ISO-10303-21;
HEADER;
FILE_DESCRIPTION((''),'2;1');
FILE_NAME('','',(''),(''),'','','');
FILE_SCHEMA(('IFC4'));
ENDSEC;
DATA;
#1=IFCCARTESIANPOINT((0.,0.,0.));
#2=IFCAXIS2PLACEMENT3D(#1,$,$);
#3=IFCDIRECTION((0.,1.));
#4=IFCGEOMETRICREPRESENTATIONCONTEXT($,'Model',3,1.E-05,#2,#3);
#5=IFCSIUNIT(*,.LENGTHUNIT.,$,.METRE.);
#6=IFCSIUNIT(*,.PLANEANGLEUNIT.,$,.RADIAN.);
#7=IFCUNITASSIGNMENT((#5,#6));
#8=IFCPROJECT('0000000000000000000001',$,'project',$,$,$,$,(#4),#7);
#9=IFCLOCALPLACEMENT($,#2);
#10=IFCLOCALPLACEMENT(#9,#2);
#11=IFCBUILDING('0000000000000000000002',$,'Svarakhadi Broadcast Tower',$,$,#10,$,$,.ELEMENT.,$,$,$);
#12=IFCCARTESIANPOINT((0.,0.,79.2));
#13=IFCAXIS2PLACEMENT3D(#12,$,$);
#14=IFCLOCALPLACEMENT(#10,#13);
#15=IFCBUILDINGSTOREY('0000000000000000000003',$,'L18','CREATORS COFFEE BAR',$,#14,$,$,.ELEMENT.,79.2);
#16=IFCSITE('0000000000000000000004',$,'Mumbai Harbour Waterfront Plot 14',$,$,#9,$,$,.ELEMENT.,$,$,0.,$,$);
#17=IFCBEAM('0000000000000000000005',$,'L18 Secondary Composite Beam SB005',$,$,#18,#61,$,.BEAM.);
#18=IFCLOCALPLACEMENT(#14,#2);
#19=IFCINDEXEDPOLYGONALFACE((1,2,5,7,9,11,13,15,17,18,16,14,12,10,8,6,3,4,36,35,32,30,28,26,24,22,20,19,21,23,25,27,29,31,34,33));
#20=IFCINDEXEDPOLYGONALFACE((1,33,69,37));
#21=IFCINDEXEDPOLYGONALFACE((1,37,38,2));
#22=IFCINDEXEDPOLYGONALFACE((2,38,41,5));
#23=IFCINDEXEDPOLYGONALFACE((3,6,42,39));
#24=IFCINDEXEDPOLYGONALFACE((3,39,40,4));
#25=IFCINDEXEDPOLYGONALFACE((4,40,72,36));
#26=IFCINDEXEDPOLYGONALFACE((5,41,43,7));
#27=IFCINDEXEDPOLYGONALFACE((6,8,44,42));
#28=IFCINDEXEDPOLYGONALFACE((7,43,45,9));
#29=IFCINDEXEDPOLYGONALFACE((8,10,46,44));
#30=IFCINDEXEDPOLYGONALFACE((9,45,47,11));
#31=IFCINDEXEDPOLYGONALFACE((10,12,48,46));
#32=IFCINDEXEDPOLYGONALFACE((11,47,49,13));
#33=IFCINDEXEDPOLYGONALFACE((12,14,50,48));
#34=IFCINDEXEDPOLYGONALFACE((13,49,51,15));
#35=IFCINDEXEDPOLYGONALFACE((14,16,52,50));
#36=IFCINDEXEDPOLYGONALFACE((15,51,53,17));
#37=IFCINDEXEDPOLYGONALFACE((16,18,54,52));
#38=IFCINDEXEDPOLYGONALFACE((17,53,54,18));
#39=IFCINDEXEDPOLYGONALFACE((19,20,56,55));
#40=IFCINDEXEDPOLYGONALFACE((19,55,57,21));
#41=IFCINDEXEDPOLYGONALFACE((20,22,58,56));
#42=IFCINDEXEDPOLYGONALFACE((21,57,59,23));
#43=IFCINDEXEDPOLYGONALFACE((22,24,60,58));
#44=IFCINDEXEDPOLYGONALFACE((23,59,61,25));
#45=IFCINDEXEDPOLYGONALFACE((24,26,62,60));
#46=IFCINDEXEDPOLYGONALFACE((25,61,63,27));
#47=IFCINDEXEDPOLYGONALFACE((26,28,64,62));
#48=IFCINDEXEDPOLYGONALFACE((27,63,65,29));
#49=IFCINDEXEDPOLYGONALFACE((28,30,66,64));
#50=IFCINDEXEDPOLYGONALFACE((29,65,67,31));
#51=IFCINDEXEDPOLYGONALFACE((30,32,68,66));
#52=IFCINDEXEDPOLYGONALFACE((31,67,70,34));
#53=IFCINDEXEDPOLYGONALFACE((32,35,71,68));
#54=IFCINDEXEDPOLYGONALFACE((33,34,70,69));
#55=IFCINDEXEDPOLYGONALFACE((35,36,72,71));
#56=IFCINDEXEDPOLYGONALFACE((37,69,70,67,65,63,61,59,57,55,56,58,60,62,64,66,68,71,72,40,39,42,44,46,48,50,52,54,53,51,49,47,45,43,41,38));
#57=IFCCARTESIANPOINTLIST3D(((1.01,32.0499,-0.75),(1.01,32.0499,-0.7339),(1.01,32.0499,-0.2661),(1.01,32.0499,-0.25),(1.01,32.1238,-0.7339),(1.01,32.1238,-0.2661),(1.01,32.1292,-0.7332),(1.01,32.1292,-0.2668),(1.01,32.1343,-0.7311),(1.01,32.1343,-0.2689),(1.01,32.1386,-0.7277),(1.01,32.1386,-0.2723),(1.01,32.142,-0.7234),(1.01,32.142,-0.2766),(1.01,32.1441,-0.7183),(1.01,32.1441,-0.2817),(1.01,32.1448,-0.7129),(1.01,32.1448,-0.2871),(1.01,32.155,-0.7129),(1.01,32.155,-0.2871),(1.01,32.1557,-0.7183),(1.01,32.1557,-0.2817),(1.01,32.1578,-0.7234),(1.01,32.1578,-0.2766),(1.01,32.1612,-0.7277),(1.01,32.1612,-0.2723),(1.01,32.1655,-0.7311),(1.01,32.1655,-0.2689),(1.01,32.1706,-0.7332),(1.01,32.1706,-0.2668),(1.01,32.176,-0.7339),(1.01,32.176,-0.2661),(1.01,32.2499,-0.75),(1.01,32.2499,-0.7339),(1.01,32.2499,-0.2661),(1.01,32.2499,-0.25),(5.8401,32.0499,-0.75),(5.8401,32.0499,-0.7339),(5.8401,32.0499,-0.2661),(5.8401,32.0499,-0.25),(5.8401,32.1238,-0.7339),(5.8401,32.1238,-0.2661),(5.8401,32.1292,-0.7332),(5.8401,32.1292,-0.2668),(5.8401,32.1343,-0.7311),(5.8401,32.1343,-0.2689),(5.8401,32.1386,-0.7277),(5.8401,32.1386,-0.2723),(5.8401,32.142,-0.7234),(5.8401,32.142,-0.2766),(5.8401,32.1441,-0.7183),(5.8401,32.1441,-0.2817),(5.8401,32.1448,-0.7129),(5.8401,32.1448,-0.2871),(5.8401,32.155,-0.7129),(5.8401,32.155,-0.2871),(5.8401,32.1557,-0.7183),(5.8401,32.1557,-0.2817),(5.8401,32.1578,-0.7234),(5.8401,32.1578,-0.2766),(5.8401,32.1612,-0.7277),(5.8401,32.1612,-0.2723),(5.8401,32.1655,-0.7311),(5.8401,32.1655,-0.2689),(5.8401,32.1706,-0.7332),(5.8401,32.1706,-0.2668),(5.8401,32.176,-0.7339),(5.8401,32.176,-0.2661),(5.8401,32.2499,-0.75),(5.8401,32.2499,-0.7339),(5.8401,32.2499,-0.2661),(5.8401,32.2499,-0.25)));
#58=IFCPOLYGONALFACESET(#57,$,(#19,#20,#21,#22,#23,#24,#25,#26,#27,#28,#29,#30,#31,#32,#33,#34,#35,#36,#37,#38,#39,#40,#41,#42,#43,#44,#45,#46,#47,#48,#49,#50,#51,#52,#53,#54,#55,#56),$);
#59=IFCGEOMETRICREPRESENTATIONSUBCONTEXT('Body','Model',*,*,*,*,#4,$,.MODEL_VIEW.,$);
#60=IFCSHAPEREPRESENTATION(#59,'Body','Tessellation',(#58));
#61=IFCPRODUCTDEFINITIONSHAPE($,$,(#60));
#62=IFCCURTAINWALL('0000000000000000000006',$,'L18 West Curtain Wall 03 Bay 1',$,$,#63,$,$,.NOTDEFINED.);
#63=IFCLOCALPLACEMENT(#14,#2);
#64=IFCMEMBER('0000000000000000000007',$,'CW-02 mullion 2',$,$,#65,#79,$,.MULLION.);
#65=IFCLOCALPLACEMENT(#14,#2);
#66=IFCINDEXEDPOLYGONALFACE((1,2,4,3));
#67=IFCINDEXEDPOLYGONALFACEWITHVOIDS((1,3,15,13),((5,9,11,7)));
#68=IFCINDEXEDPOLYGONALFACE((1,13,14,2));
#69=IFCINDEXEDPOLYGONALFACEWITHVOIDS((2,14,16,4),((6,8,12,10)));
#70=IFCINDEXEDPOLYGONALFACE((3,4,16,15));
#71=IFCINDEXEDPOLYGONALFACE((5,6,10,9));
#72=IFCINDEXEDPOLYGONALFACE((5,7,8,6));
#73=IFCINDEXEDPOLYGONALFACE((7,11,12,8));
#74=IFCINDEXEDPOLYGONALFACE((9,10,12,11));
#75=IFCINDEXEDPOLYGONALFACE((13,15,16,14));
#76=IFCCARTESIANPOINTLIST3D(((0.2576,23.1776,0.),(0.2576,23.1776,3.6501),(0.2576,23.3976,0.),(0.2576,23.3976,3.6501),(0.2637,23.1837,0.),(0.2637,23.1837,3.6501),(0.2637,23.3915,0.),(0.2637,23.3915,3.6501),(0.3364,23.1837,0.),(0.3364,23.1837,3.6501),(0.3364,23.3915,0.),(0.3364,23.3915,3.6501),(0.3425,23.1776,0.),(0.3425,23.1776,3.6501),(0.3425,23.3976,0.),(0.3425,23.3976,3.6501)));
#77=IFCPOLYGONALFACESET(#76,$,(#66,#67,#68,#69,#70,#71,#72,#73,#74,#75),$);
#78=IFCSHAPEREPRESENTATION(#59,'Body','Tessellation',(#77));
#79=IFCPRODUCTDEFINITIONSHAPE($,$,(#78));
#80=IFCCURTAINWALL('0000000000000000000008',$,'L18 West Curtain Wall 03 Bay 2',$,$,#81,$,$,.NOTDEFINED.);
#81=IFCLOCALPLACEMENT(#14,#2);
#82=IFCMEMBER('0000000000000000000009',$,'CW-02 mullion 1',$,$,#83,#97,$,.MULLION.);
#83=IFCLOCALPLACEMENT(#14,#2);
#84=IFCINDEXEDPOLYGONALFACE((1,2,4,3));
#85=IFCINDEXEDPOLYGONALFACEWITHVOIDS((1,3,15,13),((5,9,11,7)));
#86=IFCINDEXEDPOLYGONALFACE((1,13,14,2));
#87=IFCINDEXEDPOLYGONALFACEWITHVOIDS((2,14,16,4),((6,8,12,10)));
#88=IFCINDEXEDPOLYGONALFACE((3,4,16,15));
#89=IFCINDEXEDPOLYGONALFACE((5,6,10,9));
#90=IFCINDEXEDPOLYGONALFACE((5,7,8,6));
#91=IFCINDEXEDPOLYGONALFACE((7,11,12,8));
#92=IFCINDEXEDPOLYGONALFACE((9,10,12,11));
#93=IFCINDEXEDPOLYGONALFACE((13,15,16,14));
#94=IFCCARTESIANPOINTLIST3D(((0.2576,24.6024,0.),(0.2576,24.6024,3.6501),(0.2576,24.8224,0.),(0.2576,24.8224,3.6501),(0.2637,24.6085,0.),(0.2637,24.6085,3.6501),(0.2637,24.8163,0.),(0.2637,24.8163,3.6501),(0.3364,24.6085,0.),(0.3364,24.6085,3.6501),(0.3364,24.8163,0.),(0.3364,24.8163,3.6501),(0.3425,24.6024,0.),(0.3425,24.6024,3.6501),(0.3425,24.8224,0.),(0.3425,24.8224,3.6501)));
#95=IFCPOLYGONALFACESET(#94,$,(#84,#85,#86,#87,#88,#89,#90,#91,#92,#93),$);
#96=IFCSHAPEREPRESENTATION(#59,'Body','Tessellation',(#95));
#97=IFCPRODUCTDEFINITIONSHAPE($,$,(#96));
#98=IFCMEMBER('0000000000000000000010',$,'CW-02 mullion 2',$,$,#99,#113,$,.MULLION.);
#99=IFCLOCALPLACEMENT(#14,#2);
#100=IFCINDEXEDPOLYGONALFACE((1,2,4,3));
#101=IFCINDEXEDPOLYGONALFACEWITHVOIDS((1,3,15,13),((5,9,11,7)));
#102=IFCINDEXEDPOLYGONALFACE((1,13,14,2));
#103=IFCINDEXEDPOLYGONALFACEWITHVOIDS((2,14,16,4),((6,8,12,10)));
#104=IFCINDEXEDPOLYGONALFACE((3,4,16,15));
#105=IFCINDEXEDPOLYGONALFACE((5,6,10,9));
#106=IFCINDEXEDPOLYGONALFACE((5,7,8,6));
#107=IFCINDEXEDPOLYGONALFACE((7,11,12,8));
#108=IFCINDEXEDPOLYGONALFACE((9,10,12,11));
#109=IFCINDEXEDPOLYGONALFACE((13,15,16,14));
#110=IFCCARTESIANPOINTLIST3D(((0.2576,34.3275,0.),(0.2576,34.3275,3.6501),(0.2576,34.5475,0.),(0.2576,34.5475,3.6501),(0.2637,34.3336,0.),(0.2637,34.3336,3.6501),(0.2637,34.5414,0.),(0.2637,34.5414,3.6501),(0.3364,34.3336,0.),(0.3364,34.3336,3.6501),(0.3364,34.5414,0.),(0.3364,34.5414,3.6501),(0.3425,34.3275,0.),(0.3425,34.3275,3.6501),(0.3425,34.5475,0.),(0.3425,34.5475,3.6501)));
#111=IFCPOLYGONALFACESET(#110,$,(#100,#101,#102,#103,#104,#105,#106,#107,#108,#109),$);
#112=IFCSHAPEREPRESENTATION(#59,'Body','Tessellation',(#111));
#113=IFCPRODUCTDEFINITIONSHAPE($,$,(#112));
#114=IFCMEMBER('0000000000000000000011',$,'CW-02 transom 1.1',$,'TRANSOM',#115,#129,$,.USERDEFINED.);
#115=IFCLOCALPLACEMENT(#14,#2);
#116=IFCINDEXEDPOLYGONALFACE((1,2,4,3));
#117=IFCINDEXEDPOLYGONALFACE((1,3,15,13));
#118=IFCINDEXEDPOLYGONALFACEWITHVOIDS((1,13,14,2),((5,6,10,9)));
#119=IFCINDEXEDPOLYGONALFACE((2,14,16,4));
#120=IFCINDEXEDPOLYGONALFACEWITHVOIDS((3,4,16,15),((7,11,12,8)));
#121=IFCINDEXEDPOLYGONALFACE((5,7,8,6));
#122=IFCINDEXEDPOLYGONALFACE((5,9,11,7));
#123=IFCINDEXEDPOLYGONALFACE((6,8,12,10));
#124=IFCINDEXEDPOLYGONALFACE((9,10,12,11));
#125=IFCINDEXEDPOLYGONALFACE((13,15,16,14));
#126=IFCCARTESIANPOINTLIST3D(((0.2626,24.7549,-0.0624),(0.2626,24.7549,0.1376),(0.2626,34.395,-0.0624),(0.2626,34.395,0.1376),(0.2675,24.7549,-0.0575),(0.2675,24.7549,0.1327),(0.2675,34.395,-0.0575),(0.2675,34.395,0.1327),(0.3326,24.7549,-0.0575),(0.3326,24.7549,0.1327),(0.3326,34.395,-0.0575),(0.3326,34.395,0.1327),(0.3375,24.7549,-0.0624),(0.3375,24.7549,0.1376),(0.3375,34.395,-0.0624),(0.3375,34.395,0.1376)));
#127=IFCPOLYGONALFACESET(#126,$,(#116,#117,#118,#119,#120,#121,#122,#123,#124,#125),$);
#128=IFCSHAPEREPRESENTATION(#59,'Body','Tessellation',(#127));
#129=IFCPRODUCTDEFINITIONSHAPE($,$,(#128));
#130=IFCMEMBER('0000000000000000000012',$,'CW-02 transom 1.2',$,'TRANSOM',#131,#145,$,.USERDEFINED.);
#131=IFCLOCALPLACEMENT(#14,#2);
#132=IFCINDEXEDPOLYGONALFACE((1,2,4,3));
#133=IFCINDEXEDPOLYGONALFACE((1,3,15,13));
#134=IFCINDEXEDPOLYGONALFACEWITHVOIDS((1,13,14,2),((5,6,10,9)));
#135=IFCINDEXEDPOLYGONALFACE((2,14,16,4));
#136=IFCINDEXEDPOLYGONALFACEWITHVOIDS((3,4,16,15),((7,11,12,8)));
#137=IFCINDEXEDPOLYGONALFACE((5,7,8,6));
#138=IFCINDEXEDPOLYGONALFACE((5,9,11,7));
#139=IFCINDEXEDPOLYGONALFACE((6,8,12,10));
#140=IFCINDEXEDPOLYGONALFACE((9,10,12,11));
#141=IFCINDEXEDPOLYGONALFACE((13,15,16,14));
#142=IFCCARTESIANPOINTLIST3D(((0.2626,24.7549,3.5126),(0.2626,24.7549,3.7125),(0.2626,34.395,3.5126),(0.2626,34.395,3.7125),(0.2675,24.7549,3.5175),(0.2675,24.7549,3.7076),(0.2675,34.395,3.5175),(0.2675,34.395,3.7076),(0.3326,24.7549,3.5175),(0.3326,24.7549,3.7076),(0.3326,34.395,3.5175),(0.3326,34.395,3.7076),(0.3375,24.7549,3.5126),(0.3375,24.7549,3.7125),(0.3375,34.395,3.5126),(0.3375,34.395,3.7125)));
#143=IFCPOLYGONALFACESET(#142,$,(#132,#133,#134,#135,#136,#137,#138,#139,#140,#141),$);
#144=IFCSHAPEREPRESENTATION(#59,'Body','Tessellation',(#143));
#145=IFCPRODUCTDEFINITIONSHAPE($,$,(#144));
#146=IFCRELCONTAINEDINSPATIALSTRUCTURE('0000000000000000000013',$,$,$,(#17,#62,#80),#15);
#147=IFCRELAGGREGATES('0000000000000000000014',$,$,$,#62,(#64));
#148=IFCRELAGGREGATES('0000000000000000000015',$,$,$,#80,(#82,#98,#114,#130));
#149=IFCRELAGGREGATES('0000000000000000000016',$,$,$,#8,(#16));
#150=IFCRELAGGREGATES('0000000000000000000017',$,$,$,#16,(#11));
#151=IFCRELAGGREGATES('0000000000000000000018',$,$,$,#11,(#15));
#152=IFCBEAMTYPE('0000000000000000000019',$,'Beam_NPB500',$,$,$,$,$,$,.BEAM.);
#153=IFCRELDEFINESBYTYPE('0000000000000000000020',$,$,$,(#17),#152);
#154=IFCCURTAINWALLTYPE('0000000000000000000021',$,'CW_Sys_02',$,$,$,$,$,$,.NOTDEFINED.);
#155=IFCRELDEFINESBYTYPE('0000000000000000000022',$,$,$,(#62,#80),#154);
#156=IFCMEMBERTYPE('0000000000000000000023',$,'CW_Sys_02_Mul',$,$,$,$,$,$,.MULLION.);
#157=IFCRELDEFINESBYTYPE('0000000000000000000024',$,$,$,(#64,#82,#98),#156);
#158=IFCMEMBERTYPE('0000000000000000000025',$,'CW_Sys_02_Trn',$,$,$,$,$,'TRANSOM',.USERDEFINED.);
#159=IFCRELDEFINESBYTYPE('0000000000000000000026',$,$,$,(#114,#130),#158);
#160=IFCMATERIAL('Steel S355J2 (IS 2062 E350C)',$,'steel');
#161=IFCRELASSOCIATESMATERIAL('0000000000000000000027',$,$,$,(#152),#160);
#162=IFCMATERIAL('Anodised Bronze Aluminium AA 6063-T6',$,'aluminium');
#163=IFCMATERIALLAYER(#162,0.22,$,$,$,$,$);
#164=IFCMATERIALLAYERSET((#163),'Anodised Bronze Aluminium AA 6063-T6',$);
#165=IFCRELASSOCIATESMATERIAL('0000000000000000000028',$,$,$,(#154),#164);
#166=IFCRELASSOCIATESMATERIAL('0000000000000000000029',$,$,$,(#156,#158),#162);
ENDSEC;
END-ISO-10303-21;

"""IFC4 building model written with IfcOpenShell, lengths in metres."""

from ifc_helpers import new_model, si_unit, direction, frame, origin, origin_2d, place, context, subcontext, project, spatial, hollow_rectangle, i_section, extrude, material, layer, layer_set, material_profile, profile_set, type_object, element, aggregate, save


model = new_model("IFC4")

# Units and contexts
model_context = context("Model", 3, precision=1e-05, world=origin(), true_north=direction((0.0, 1.0)))
body_context = subcontext(model_context, "Body", "Model", "MODEL_VIEW")
ifc_project = project(units=[si_unit("LENGTHUNIT", "METRE"), si_unit("PLANEANGLEUNIT", "RADIAN")], contexts=[model_context])

# Site, building, storey
site_placement = place(None, origin())
site = spatial("IfcSite", under=ifc_project, at=site_placement, Name="Mumbai Harbour Waterfront Plot 14", CompositionType="ELEMENT", RefElevation=0.0)
building_placement = place(site_placement, origin())
building = spatial("IfcBuilding", under=site, at=building_placement, Name="Svarakhadi Broadcast Tower", CompositionType="ELEMENT")
storey_placement = place(building_placement, frame((0.0, 0.0, 79.2)))
storey = spatial("IfcBuildingStorey", under=building, at=storey_placement, Name="L18", Description="CREATORS COFFEE BAR", CompositionType="ELEMENT", Elevation=79.2)

# Beam
ifc_material_1 = material(Name="Steel S355J2 (IS 2062 E350C)", Category="steel")
ifc_material_profile_1 = material_profile(ifc_material_1, i_section(OverallWidth=0.2, OverallDepth=0.5, WebThickness=0.0103, FlangeThickness=0.0161, FilletRadius=0.021, at=origin_2d()), Name="NPB 500x200x91")
ifc_profile_set_1 = profile_set([ifc_material_profile_1], Name="Steel S355J2 (IS 2062 E350C)")
beam_type_1 = type_object("IfcBeamType", Name="Beam_NPB500", PredefinedType="BEAM", material=ifc_profile_set_1)
for number, where, z_axis, x_axis, name in (
    (1, (1.01, 32.1499, -0.5), (1.0, 0.0, 0.0), (0.0, 1.0, 0.0), "L18 Secondary Composite Beam SB005"),
):
    element("IfcBeam", number, at=place(storey_placement, frame(where, z_axis=z_axis, x_axis=x_axis)), inside=storey, type_object=beam_type_1, Name=name, PredefinedType="BEAM", context=body_context, shape_type="SweptSolid", body=[
        extrude(i_section(OverallWidth=0.2, OverallDepth=0.5, WebThickness=0.0103, FlangeThickness=0.0161, FilletRadius=0.021, at=origin_2d()), origin(), (0.0, 0.0, 1.0), 4.8301),
    ])

# Curtain wall, member
ifc_material_2 = material(Name="Anodised Bronze Aluminium AA 6063-T6", Category="aluminium")
ifc_layer_1 = layer(ifc_material_2, 0.22)
ifc_layer_set_1 = layer_set([ifc_layer_1], Name="Anodised Bronze Aluminium AA 6063-T6")
curtain_wall_type = type_object("IfcCurtainWallType", Name="CW_Sys_02", PredefinedType="NOTDEFINED", material=ifc_layer_set_1)
curtain_wall_1_placement = place(storey_placement, origin())
curtain_wall_1 = element("IfcCurtainWall", 2, at=curtain_wall_1_placement, inside=storey, type_object=curtain_wall_type, Name="L18 West Curtain Wall 03 Bay 1", PredefinedType="NOTDEFINED")
ifc_material_profile_2 = material_profile(ifc_material_2, hollow_rectangle(XDim=0.085, YDim=0.22, WallThickness=0.0061, at=origin_2d()), Name="ALU MULLION 220x85x6")
ifc_profile_set_2 = profile_set([ifc_material_profile_2], Name="Anodised Bronze Aluminium AA 6063-T6")
member_type_1 = type_object("IfcMemberType", Name="CW_Sys_02_Mul", PredefinedType="MULLION", material=ifc_profile_set_2)
member_1_placement = place(storey_placement, frame((0.3, 23.2876, 0.0), z_axis=(0.0, 0.0, 1.0), x_axis=(-1.0, 0.0, 0.0)))
member_1 = element("IfcMember", 3, at=member_1_placement, type_object=member_type_1, Name="CW-02 mullion 2", PredefinedType="MULLION", context=body_context, shape_type="SweptSolid", body=[
    extrude(hollow_rectangle(XDim=0.085, YDim=0.22, WallThickness=0.0061, at=origin_2d()), origin(), (0.0, 0.0, 1.0), 3.6501),
])
aggregate(curtain_wall_1, [member_1])

# Curtain wall, members
curtain_wall_2_placement = place(storey_placement, origin())
curtain_wall_2 = element("IfcCurtainWall", 4, at=curtain_wall_2_placement, inside=storey, type_object=curtain_wall_type, Name="L18 West Curtain Wall 03 Bay 2", PredefinedType="NOTDEFINED")
member_2_placement = place(storey_placement, frame((0.3, 24.7124, 0.0), z_axis=(0.0, 0.0, 1.0), x_axis=(-1.0, 0.0, 0.0)))
member_2 = element("IfcMember", 5, at=member_2_placement, type_object=member_type_1, Name="CW-02 mullion 1", PredefinedType="MULLION", context=body_context, shape_type="SweptSolid", body=[
    extrude(hollow_rectangle(XDim=0.085, YDim=0.22, WallThickness=0.0061, at=origin_2d()), origin(), (0.0, 0.0, 1.0), 3.6501),
])
member_3_placement = place(storey_placement, frame((0.3, 34.4375, 0.0), z_axis=(0.0, 0.0, 1.0), x_axis=(-1.0, 0.0, 0.0)))
member_3 = element("IfcMember", 6, at=member_3_placement, type_object=member_type_1, Name="CW-02 mullion 2", PredefinedType="MULLION", context=body_context, shape_type="SweptSolid", body=[
    extrude(hollow_rectangle(XDim=0.085, YDim=0.22, WallThickness=0.0061, at=origin_2d()), origin(), (0.0, 0.0, 1.0), 3.6501),
])
ifc_material_profile_3 = material_profile(ifc_material_2, hollow_rectangle(XDim=0.075, YDim=0.2, WallThickness=0.0049, at=origin_2d()), Name="ALU TRANSOM 200x75x5")
ifc_profile_set_3 = profile_set([ifc_material_profile_3], Name="Anodised Bronze Aluminium AA 6063-T6")
member_type_2 = type_object("IfcMemberType", Name="CW_Sys_02_Trn", ElementType="TRANSOM", PredefinedType="USERDEFINED", material=ifc_profile_set_3)
member_4_placement = place(storey_placement, frame((0.3, 24.7549, 0.0376), z_axis=(0.0, 1.0, 0.0), x_axis=(-1.0, 0.0, 0.0)))
member_4 = element("IfcMember", 7, at=member_4_placement, type_object=member_type_2, Name="CW-02 transom 1.1", ObjectType="TRANSOM", PredefinedType="USERDEFINED", context=body_context, shape_type="SweptSolid", body=[
    extrude(hollow_rectangle(XDim=0.075, YDim=0.2, WallThickness=0.0049, at=origin_2d()), origin(), (0.0, 0.0, 1.0), 9.6401),
])
member_5_placement = place(storey_placement, frame((0.3, 24.7549, 3.6125), z_axis=(0.0, 1.0, 0.0), x_axis=(-1.0, 0.0, 0.0)))
member_5 = element("IfcMember", 8, at=member_5_placement, type_object=member_type_2, Name="CW-02 transom 1.2", ObjectType="TRANSOM", PredefinedType="USERDEFINED", context=body_context, shape_type="SweptSolid", body=[
    extrude(hollow_rectangle(XDim=0.075, YDim=0.2, WallThickness=0.0049, at=origin_2d()), origin(), (0.0, 0.0, 1.0), 9.6401),
])

aggregate(curtain_wall_2, [member_2, member_3, member_4, member_5])

save(model, "model.ifc")
